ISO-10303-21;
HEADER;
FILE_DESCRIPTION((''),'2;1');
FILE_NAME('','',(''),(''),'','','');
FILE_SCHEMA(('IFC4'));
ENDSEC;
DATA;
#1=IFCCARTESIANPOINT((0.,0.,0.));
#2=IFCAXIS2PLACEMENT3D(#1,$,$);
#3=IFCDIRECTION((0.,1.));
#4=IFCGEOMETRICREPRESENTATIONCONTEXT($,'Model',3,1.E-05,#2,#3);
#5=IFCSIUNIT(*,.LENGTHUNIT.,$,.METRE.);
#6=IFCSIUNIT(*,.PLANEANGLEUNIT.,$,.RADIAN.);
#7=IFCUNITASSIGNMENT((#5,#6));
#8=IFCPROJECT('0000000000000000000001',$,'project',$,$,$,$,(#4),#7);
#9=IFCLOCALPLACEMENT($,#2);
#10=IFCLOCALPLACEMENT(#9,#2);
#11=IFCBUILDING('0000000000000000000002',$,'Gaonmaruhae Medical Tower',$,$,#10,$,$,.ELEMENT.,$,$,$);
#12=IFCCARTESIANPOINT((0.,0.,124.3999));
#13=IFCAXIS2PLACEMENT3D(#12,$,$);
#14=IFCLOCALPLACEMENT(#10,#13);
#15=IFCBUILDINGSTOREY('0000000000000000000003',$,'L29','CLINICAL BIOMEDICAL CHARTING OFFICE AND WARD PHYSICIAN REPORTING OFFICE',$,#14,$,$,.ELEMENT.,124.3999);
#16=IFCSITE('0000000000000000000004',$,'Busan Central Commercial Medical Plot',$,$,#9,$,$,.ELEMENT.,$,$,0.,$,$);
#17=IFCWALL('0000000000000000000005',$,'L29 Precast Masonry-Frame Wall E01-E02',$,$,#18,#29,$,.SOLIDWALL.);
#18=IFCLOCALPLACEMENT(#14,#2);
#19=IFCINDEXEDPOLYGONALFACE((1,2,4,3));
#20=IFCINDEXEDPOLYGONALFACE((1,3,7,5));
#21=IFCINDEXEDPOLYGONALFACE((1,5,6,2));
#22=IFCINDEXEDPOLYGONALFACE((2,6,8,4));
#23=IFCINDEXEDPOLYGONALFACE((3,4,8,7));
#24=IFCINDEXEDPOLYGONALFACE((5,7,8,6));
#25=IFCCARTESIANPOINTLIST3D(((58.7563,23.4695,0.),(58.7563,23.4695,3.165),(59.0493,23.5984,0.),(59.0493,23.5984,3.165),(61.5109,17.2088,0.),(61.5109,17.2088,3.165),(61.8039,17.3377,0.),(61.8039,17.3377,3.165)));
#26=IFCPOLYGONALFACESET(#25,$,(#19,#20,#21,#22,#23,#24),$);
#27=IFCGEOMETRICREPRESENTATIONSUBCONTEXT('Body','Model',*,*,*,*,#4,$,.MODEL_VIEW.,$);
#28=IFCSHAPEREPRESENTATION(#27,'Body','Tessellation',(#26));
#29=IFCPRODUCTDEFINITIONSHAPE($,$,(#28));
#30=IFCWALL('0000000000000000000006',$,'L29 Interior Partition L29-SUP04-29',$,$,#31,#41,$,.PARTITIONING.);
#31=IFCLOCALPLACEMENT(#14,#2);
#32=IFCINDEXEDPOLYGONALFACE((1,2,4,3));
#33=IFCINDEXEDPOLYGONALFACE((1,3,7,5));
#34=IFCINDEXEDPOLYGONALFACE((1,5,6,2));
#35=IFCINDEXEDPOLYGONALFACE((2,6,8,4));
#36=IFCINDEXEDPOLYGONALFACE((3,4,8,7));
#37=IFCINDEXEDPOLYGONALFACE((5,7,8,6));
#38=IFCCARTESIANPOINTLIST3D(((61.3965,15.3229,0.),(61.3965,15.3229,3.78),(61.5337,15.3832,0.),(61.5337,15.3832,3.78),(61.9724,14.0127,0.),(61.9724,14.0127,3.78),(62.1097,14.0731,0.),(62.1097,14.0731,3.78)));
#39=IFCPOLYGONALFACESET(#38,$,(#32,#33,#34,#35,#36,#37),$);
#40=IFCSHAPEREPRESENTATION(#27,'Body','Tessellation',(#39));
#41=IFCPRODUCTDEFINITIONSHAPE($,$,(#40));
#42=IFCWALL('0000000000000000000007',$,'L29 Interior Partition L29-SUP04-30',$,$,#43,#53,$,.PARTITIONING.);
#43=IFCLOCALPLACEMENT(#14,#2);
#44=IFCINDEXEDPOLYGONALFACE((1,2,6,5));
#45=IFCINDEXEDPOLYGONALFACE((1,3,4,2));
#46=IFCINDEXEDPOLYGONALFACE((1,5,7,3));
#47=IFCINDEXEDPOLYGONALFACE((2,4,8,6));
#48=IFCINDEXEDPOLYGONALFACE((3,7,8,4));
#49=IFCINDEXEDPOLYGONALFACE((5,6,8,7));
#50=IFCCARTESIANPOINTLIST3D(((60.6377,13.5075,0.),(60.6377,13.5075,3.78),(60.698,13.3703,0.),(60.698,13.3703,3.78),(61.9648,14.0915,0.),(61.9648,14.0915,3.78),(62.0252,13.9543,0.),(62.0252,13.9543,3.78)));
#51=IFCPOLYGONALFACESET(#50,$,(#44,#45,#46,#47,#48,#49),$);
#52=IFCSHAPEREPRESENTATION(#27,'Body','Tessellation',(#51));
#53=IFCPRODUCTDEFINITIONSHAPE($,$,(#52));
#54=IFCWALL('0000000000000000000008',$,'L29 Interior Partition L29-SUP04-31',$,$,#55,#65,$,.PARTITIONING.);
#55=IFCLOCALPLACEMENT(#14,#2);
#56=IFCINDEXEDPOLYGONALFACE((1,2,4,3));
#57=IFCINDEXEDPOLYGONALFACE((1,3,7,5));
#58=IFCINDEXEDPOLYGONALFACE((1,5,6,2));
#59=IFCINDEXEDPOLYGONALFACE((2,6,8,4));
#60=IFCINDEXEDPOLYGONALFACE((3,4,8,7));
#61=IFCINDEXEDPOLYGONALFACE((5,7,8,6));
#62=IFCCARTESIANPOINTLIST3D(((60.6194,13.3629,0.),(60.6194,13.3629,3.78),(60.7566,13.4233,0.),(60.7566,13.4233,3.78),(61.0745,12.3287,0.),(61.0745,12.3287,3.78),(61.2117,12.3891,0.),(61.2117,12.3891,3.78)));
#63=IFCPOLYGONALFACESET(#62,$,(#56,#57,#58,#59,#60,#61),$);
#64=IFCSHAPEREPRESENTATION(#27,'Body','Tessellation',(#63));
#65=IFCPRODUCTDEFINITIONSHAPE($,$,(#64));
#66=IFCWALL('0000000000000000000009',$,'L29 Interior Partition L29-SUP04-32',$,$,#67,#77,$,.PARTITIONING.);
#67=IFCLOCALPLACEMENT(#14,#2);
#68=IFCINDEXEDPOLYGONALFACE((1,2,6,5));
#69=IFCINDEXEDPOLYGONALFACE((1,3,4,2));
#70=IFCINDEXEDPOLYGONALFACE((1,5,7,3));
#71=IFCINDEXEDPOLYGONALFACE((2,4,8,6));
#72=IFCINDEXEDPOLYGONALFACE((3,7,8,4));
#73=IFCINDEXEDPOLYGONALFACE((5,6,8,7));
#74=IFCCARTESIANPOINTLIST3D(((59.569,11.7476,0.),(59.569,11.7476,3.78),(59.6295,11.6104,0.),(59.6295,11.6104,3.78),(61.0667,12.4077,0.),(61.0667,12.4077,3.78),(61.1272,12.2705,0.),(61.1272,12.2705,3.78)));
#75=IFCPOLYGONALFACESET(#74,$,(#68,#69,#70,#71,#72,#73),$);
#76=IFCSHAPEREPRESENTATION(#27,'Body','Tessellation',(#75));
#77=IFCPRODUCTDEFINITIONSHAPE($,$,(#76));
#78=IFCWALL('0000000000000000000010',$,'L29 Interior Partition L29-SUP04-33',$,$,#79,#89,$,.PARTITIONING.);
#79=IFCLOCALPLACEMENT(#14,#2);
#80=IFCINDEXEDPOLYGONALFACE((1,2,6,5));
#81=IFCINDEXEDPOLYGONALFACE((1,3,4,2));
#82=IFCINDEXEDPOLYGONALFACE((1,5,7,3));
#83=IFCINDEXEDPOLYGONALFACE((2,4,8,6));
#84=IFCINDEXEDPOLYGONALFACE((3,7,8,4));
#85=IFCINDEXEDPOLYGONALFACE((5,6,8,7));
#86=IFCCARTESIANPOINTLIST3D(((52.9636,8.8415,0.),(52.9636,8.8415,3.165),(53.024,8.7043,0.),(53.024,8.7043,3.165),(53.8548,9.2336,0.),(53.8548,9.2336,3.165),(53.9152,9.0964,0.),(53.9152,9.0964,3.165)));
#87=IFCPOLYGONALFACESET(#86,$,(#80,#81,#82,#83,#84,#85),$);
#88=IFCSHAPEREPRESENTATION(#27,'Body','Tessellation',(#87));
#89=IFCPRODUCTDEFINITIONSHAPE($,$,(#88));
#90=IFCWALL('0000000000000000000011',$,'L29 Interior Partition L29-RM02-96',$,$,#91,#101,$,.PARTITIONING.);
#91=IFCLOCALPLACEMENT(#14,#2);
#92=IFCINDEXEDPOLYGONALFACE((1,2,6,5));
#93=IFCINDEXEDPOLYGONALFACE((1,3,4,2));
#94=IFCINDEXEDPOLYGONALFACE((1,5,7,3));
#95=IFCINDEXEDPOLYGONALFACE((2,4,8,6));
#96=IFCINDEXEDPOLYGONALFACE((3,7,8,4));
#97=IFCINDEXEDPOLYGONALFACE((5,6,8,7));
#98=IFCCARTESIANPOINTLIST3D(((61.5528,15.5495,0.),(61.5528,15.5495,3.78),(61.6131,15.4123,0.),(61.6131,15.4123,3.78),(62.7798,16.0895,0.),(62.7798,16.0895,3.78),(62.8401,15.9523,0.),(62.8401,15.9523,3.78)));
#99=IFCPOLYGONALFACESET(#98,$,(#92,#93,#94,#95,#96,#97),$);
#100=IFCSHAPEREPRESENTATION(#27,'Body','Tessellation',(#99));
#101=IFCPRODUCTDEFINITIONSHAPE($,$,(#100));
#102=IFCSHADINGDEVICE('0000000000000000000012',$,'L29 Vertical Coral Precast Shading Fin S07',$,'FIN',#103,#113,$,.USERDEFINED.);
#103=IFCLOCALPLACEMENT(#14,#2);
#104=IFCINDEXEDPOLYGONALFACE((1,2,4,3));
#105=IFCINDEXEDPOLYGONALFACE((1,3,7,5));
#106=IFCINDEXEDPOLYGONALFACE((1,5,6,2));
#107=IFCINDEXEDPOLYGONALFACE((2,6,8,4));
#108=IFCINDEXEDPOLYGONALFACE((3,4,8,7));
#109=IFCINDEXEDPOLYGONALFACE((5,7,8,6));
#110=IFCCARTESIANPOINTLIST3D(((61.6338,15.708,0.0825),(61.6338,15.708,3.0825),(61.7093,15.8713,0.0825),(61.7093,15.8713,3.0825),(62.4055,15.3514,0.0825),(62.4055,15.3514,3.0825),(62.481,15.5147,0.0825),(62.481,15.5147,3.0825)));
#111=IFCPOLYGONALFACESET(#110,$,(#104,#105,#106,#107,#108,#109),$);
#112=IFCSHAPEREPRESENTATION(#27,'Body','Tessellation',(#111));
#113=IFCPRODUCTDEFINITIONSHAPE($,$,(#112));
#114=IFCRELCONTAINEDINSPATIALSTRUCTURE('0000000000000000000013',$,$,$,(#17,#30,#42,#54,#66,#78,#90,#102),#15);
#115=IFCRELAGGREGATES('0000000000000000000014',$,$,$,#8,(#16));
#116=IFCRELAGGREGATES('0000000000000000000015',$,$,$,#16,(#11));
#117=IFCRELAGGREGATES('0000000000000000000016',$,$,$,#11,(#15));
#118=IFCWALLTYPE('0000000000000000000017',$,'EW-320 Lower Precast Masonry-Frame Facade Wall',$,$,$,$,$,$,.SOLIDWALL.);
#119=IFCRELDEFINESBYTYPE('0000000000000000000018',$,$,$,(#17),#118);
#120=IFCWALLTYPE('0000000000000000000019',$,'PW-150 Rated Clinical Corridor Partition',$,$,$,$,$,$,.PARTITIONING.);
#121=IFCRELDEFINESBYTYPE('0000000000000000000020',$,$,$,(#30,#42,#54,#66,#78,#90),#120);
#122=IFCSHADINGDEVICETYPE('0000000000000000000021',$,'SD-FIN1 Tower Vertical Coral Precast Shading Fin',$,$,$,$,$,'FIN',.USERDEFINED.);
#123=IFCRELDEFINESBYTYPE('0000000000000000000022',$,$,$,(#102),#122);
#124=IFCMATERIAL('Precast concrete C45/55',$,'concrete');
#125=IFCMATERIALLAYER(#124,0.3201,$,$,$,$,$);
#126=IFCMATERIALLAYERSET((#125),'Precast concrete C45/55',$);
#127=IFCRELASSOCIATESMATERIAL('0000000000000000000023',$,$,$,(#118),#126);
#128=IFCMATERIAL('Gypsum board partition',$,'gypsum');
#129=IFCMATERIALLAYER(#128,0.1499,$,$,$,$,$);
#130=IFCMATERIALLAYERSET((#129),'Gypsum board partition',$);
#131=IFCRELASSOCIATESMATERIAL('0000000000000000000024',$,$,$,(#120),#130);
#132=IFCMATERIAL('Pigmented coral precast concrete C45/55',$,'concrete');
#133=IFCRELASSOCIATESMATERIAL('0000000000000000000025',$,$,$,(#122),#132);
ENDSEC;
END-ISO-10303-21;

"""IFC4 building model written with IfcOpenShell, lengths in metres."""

from ifc_helpers import new_model, si_unit, direction, frame, frame_2d, origin, origin_2d, place, context, subcontext, project, spatial, rectangle, extrude, material, layer, layer_set, type_object, element, save


model = new_model("IFC4")

# Units and contexts
model_context = context("Model", 3, precision=1e-05, world=origin(), true_north=direction((0.0, 1.0)))
body_context = subcontext(model_context, "Body", "Model", "MODEL_VIEW")
ifc_project = project(units=[si_unit("LENGTHUNIT", "METRE"), si_unit("PLANEANGLEUNIT", "RADIAN")], contexts=[model_context])

# Site, building, storey
site_placement = place(None, origin())
site = spatial("IfcSite", under=ifc_project, at=site_placement, Name="Busan Central Commercial Medical Plot", CompositionType="ELEMENT", RefElevation=0.0)
building_placement = place(site_placement, origin())
building = spatial("IfcBuilding", under=site, at=building_placement, Name="Gaonmaruhae Medical Tower", CompositionType="ELEMENT")
storey_placement = place(building_placement, frame((0.0, 0.0, 124.3999)))
storey = spatial("IfcBuildingStorey", under=building, at=storey_placement, Name="L29", Description="CLINICAL BIOMEDICAL CHARTING OFFICE AND WARD PHYSICIAN REPORTING OFFICE", CompositionType="ELEMENT", Elevation=124.3999)

# Shared definitions
ifc_material_1 = material(Name="Precast concrete C45/55", Category="concrete")
ifc_layer_1 = layer(ifc_material_1, 0.3201)
ifc_layer_set_1 = layer_set([ifc_layer_1], Name="Precast concrete C45/55")
wall_type_1 = type_object("IfcWallType", Name="EW-320 Lower Precast Masonry-Frame Facade Wall", PredefinedType="SOLIDWALL", material=ifc_layer_set_1)

# Walls
wall_1_placement = place(storey_placement, frame((58.9028, 23.5339, 0.0), z_axis=(0.0, 0.0, 1.0), x_axis=(0.402728, -0.91532, 0.0)))
element("IfcWall", 1, at=wall_1_placement, inside=storey, type_object=wall_type_1, Name="L29 Precast Masonry-Frame Wall E01-E02", PredefinedType="SOLIDWALL", context=body_context, shape_type="SweptSolid", body=[
    extrude(rectangle(XDim=6.8398, YDim=0.3201, at=frame_2d((3.4199, 0.0))), origin(), (0.0, 0.0, 1.0), 3.165),
])
ifc_material_2 = material(Name="Gypsum board partition", Category="gypsum")
ifc_layer_2 = layer(ifc_material_2, 0.1499)
ifc_layer_set_2 = layer_set([ifc_layer_2], Name="Gypsum board partition")
wall_type_2 = type_object("IfcWallType", Name="PW-150 Rated Clinical Corridor Partition", PredefinedType="PARTITIONING", material=ifc_layer_set_2)
wall_2_placement = place(storey_placement, frame((61.4651, 15.353, 0.0), z_axis=(0.0, 0.0, 1.0), x_axis=(0.402447, -0.915443, 0.0)))
element("IfcWall", 2, at=wall_2_placement, inside=storey, type_object=wall_type_2, Name="L29 Interior Partition L29-SUP04-29", PredefinedType="PARTITIONING", context=body_context, shape_type="SweptSolid", body=[
    extrude(rectangle(XDim=1.4312, YDim=0.1499, at=frame_2d((0.7156, 0.0))), origin(), (0.0, 0.0, 1.0), 3.78),
])
wall_3_placement = place(storey_placement, frame((61.9951, 14.0229, 0.0), z_axis=(0.0, 0.0, 1.0), x_axis=(-0.915305, -0.402761, 0.0)))
element("IfcWall", 3, at=wall_3_placement, inside=storey, type_object=wall_type_2, Name="L29 Interior Partition L29-SUP04-30", PredefinedType="PARTITIONING", context=body_context, shape_type="SweptSolid", body=[
    extrude(rectangle(XDim=1.45, YDim=0.1499, at=frame_2d((0.7251, 0.0))), origin(), (0.0, 0.0, 1.0), 3.78),
])
wall_4_placement = place(storey_placement, frame((60.688, 13.3931, 0.0), z_axis=(0.0, 0.0, 1.0), x_axis=(0.402768, -0.915302, 0.0)))
element("IfcWall", 4, at=wall_4_placement, inside=storey, type_object=wall_type_2, Name="L29 Interior Partition L29-SUP04-31", PredefinedType="PARTITIONING", context=body_context, shape_type="SweptSolid", body=[
    extrude(rectangle(XDim=1.1299, YDim=0.1499, at=frame_2d((0.5649, 0.0))), origin(), (0.0, 0.0, 1.0), 3.78),
])
wall_5_placement = place(storey_placement, frame((61.0969, 12.3391, 0.0), z_axis=(0.0, 0.0, 1.0), x_axis=(-0.915062, -0.403313, 0.0)))
element("IfcWall", 5, at=wall_5_placement, inside=storey, type_object=wall_type_2, Name="L29 Interior Partition L29-SUP04-32", PredefinedType="PARTITIONING", context=body_context, shape_type="SweptSolid", body=[
    extrude(rectangle(XDim=1.6367, YDim=0.1499, at=frame_2d((0.8184, 0.0))), origin(), (0.0, 0.0, 1.0), 3.78),
])
wall_6_placement = place(storey_placement, frame((53.885, 9.165, 0.0), z_axis=(0.0, 0.0, 1.0), x_axis=(-0.915315, -0.402739, 0.0)))
element("IfcWall", 6, at=wall_6_placement, inside=storey, type_object=wall_type_2, Name="L29 Interior Partition L29-SUP04-33", PredefinedType="PARTITIONING", context=body_context, shape_type="SweptSolid", body=[
    extrude(rectangle(XDim=0.9736, YDim=0.1499, at=frame_2d((0.4868, 0.0))), origin(), (0.0, 0.0, 1.0), 3.165),
])
wall_7_placement = place(storey_placement, frame((62.8101, 16.021, 0.0), z_axis=(0.0, 0.0, 1.0), x_axis=(-0.915277, -0.402824, 0.0)))
element("IfcWall", 7, at=wall_7_placement, inside=storey, type_object=wall_type_2, Name="L29 Interior Partition L29-RM02-96", PredefinedType="PARTITIONING", context=body_context, shape_type="SweptSolid", body=[
    extrude(rectangle(XDim=1.3406, YDim=0.1499, at=frame_2d((0.6704, 0.0))), origin(), (0.0, 0.0, 1.0), 3.78),
])

# Shading device
ifc_material_3 = material(Name="Pigmented coral precast concrete C45/55", Category="concrete")
shading_device_type = type_object("IfcShadingDeviceType", Name="SD-FIN1 Tower Vertical Coral Precast Shading Fin", ElementType="FIN", PredefinedType="USERDEFINED", material=ifc_material_3)
shading_device_placement = place(storey_placement, frame((62.0574, 15.6113, 0.0825), z_axis=(0.0, 0.0, 1.0), x_axis=(-0.419484, -0.907763, 0.0)))
element("IfcShadingDevice", 8, at=shading_device_placement, inside=storey, type_object=shading_device_type, Name="L29 Vertical Coral Precast Shading Fin S07", ObjectType="FIN", PredefinedType="USERDEFINED", context=body_context, shape_type="SweptSolid", body=[
    extrude(rectangle(XDim=0.1799, YDim=0.8501, at=origin_2d()), origin(), (0.0, 0.0, 1.0), 3.0),
])

save(model, "model.ifc")
